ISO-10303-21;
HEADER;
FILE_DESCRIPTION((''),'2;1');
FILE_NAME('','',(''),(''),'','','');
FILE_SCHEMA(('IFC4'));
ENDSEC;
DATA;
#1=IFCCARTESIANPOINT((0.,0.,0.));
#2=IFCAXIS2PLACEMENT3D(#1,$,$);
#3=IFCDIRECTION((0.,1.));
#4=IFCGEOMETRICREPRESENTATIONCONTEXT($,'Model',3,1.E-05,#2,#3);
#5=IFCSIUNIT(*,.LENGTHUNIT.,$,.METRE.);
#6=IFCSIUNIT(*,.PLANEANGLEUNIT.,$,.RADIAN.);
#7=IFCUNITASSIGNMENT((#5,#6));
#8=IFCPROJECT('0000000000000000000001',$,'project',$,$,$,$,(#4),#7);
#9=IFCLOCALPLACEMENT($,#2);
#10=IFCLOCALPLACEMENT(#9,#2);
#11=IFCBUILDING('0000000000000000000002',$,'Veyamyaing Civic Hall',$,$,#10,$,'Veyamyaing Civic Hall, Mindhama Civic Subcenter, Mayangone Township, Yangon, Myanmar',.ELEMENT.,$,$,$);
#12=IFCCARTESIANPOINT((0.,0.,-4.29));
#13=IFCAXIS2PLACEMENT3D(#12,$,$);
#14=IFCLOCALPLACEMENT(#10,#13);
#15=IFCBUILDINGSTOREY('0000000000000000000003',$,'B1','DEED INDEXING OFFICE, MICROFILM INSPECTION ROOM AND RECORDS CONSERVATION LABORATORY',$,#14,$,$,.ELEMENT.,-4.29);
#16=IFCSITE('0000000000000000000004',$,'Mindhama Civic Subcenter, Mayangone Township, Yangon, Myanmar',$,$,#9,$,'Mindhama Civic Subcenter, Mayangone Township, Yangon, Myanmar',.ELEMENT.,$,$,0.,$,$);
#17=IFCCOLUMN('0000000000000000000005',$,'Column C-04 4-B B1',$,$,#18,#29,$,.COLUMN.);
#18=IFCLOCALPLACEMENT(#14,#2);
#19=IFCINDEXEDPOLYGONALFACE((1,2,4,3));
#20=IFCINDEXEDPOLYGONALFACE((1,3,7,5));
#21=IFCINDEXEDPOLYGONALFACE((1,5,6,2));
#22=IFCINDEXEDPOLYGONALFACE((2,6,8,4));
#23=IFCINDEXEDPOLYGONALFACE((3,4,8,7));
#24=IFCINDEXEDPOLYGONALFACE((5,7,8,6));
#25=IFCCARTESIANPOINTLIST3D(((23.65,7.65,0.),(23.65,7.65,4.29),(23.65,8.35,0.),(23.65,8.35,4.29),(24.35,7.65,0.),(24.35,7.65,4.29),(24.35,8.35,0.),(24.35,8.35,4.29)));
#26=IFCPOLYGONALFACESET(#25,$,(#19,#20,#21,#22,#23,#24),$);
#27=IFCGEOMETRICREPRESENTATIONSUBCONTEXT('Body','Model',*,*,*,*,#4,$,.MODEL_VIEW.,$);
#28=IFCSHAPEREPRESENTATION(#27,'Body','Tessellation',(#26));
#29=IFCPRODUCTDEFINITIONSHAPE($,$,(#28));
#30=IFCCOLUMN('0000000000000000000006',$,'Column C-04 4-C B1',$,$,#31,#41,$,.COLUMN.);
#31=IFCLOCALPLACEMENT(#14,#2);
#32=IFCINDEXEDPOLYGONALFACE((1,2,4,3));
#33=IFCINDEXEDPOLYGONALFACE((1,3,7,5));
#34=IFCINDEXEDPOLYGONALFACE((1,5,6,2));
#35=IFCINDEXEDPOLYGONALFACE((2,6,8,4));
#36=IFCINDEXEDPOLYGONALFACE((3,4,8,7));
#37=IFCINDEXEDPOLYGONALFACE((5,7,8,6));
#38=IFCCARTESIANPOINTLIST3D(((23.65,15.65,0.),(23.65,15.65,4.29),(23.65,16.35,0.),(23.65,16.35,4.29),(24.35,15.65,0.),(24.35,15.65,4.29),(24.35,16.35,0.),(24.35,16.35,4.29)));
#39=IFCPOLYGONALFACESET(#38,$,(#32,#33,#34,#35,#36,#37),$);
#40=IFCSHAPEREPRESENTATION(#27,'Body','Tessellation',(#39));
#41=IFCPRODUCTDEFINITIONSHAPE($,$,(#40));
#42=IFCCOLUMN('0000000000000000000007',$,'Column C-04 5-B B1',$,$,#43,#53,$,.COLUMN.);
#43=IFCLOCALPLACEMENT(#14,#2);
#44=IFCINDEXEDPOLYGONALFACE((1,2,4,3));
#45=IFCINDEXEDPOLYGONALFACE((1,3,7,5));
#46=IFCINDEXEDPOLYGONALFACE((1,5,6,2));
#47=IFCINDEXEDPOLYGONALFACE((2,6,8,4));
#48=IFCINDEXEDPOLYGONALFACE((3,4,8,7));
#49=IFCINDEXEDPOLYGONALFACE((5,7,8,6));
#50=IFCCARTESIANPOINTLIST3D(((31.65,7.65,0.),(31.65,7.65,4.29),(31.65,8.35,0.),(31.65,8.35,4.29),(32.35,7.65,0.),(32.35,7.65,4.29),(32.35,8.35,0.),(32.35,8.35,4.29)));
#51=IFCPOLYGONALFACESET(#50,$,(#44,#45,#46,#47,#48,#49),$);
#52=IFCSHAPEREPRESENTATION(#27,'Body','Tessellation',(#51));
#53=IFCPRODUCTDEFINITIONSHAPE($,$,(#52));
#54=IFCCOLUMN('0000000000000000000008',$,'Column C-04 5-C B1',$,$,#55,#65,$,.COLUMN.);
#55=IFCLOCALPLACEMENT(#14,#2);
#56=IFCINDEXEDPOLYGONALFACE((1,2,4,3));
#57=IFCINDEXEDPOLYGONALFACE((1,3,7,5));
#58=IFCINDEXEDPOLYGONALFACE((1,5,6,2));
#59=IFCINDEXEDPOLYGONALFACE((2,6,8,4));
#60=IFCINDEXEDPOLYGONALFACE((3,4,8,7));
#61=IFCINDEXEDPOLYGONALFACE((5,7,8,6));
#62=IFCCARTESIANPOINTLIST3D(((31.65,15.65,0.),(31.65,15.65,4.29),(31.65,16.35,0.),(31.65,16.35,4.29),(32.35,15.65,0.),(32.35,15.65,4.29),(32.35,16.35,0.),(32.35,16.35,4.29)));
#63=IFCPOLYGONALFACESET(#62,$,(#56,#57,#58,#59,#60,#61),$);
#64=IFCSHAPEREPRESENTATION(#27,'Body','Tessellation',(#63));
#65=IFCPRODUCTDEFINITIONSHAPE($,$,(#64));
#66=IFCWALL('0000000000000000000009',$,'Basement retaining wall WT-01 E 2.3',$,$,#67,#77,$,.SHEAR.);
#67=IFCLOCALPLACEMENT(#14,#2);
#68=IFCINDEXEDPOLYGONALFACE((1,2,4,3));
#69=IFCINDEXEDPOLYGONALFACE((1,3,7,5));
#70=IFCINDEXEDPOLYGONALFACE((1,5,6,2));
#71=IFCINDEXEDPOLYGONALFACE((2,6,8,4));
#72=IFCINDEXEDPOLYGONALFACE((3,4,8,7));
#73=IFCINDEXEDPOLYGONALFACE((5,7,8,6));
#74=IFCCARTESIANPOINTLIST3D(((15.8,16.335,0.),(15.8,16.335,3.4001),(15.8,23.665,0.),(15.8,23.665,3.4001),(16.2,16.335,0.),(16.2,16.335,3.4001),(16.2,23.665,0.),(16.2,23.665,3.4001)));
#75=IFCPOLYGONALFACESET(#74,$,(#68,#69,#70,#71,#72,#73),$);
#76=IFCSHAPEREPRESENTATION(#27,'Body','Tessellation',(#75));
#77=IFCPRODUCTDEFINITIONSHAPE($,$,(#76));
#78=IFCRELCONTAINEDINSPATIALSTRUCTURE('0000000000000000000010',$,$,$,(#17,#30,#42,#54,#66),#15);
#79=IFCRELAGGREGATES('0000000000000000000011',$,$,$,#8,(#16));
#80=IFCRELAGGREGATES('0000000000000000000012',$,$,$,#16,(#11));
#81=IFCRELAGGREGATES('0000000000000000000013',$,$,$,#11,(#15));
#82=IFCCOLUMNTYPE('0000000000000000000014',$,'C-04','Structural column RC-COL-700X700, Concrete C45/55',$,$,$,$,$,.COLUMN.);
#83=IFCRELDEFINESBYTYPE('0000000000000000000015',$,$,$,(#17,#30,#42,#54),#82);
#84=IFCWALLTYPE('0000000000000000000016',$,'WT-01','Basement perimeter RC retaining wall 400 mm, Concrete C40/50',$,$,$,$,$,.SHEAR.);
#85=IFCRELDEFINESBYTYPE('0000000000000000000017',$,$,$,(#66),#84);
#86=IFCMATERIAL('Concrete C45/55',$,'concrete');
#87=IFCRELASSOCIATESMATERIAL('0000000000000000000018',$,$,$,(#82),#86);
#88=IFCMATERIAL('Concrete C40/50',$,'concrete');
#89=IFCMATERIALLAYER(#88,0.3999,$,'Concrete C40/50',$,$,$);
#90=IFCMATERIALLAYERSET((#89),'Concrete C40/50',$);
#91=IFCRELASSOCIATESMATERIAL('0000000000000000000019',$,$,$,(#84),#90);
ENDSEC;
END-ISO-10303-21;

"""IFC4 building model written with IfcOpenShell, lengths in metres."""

from ifc_helpers import new_model, si_unit, direction, frame, frame_2d, origin, origin_2d, place, context, subcontext, project, spatial, rectangle, extrude, material, layer, layer_set, material_profile, profile_set, type_object, element, save


model = new_model("IFC4")

# Units and contexts
model_context = context("Model", 3, precision=1e-05, world=origin(), true_north=direction((0.0, 1.0)))
body_context = subcontext(model_context, "Body", "Model", "MODEL_VIEW")
ifc_project = project(units=[si_unit("LENGTHUNIT", "METRE"), si_unit("PLANEANGLEUNIT", "RADIAN")], contexts=[model_context])

# Site, building, storey
site_placement = place(None, origin())
site = spatial("IfcSite", under=ifc_project, at=site_placement, Name="Mindhama Civic Subcenter, Mayangone Township, Yangon, Myanmar", LongName="Mindhama Civic Subcenter, Mayangone Township, Yangon, Myanmar", CompositionType="ELEMENT", RefElevation=0.0)
building_placement = place(site_placement, origin())
building = spatial("IfcBuilding", under=site, at=building_placement, Name="Veyamyaing Civic Hall", LongName="Veyamyaing Civic Hall, Mindhama Civic Subcenter, Mayangone Township, Yangon, Myanmar", CompositionType="ELEMENT")
storey_placement = place(building_placement, frame((0.0, 0.0, -4.29)))
storey = spatial("IfcBuildingStorey", under=building, at=storey_placement, Name="B1", Description="DEED INDEXING OFFICE, MICROFILM INSPECTION ROOM AND RECORDS CONSERVATION LABORATORY", CompositionType="ELEMENT", Elevation=-4.29)

# Shared definitions
ifc_material_1 = material(Name="Concrete C40/50", Category="concrete")

# Columns
ifc_material_2 = material(Name="Concrete C45/55", Category="concrete")
ifc_material_profile_1 = material_profile(ifc_material_2, rectangle(XDim=0.7, YDim=0.7, at=origin_2d()), Name="RC-COL-700X700")
ifc_profile_set_1 = profile_set([ifc_material_profile_1], Name="Concrete C45/55")
column_type = type_object("IfcColumnType", Name="C-04", Description="Structural column RC-COL-700X700, Concrete C45/55", PredefinedType="COLUMN", material=ifc_profile_set_1)
for number, where, z_axis, x_axis, name in (
    (1, (24.0, 8.0, 0.0), (0.0, 0.0, 1.0), (1.0, 0.0, 0.0), "Column C-04 4-B B1"),
    (2, (24.0, 16.0, 0.0), (0.0, 0.0, 1.0), (1.0, 0.0, 0.0), "Column C-04 4-C B1"),
    (3, (32.0, 8.0, 0.0), (0.0, 0.0, 1.0), (1.0, 0.0, 0.0), "Column C-04 5-B B1"),
    (4, (32.0, 16.0, 0.0), (0.0, 0.0, 1.0), (1.0, 0.0, 0.0), "Column C-04 5-C B1"),
):
    element("IfcColumn", number, at=place(storey_placement, frame(where, z_axis=z_axis, x_axis=x_axis)), inside=storey, type_object=column_type, Name=name, PredefinedType="COLUMN", context=body_context, shape_type="SweptSolid", body=[
        extrude(rectangle(XDim=0.7, YDim=0.7, at=origin_2d()), origin(), (0.0, 0.0, 1.0), 4.29),
    ])

# Wall
ifc_layer = layer(ifc_material_1, 0.3999, Name="Concrete C40/50")
ifc_layer_set = layer_set([ifc_layer], Name="Concrete C40/50")
wall_type = type_object("IfcWallType", Name="WT-01", Description="Basement perimeter RC retaining wall 400 mm, Concrete C40/50", PredefinedType="SHEAR", material=ifc_layer_set)
wall_placement = place(storey_placement, frame((16.0, 16.335, 0.0), z_axis=(0.0, 0.0, 1.0), x_axis=(0.0, 1.0, 0.0)))
element("IfcWall", 5, at=wall_placement, inside=storey, type_object=wall_type, Name="Basement retaining wall WT-01 E 2.3", PredefinedType="SHEAR", context=body_context, shape_type="SweptSolid", body=[
    extrude(rectangle(XDim=7.3301, YDim=0.3999, at=frame_2d((3.665, 0.0))), origin(), (0.0, 0.0, 1.0), 3.4001),
])

save(model, "model.ifc")
